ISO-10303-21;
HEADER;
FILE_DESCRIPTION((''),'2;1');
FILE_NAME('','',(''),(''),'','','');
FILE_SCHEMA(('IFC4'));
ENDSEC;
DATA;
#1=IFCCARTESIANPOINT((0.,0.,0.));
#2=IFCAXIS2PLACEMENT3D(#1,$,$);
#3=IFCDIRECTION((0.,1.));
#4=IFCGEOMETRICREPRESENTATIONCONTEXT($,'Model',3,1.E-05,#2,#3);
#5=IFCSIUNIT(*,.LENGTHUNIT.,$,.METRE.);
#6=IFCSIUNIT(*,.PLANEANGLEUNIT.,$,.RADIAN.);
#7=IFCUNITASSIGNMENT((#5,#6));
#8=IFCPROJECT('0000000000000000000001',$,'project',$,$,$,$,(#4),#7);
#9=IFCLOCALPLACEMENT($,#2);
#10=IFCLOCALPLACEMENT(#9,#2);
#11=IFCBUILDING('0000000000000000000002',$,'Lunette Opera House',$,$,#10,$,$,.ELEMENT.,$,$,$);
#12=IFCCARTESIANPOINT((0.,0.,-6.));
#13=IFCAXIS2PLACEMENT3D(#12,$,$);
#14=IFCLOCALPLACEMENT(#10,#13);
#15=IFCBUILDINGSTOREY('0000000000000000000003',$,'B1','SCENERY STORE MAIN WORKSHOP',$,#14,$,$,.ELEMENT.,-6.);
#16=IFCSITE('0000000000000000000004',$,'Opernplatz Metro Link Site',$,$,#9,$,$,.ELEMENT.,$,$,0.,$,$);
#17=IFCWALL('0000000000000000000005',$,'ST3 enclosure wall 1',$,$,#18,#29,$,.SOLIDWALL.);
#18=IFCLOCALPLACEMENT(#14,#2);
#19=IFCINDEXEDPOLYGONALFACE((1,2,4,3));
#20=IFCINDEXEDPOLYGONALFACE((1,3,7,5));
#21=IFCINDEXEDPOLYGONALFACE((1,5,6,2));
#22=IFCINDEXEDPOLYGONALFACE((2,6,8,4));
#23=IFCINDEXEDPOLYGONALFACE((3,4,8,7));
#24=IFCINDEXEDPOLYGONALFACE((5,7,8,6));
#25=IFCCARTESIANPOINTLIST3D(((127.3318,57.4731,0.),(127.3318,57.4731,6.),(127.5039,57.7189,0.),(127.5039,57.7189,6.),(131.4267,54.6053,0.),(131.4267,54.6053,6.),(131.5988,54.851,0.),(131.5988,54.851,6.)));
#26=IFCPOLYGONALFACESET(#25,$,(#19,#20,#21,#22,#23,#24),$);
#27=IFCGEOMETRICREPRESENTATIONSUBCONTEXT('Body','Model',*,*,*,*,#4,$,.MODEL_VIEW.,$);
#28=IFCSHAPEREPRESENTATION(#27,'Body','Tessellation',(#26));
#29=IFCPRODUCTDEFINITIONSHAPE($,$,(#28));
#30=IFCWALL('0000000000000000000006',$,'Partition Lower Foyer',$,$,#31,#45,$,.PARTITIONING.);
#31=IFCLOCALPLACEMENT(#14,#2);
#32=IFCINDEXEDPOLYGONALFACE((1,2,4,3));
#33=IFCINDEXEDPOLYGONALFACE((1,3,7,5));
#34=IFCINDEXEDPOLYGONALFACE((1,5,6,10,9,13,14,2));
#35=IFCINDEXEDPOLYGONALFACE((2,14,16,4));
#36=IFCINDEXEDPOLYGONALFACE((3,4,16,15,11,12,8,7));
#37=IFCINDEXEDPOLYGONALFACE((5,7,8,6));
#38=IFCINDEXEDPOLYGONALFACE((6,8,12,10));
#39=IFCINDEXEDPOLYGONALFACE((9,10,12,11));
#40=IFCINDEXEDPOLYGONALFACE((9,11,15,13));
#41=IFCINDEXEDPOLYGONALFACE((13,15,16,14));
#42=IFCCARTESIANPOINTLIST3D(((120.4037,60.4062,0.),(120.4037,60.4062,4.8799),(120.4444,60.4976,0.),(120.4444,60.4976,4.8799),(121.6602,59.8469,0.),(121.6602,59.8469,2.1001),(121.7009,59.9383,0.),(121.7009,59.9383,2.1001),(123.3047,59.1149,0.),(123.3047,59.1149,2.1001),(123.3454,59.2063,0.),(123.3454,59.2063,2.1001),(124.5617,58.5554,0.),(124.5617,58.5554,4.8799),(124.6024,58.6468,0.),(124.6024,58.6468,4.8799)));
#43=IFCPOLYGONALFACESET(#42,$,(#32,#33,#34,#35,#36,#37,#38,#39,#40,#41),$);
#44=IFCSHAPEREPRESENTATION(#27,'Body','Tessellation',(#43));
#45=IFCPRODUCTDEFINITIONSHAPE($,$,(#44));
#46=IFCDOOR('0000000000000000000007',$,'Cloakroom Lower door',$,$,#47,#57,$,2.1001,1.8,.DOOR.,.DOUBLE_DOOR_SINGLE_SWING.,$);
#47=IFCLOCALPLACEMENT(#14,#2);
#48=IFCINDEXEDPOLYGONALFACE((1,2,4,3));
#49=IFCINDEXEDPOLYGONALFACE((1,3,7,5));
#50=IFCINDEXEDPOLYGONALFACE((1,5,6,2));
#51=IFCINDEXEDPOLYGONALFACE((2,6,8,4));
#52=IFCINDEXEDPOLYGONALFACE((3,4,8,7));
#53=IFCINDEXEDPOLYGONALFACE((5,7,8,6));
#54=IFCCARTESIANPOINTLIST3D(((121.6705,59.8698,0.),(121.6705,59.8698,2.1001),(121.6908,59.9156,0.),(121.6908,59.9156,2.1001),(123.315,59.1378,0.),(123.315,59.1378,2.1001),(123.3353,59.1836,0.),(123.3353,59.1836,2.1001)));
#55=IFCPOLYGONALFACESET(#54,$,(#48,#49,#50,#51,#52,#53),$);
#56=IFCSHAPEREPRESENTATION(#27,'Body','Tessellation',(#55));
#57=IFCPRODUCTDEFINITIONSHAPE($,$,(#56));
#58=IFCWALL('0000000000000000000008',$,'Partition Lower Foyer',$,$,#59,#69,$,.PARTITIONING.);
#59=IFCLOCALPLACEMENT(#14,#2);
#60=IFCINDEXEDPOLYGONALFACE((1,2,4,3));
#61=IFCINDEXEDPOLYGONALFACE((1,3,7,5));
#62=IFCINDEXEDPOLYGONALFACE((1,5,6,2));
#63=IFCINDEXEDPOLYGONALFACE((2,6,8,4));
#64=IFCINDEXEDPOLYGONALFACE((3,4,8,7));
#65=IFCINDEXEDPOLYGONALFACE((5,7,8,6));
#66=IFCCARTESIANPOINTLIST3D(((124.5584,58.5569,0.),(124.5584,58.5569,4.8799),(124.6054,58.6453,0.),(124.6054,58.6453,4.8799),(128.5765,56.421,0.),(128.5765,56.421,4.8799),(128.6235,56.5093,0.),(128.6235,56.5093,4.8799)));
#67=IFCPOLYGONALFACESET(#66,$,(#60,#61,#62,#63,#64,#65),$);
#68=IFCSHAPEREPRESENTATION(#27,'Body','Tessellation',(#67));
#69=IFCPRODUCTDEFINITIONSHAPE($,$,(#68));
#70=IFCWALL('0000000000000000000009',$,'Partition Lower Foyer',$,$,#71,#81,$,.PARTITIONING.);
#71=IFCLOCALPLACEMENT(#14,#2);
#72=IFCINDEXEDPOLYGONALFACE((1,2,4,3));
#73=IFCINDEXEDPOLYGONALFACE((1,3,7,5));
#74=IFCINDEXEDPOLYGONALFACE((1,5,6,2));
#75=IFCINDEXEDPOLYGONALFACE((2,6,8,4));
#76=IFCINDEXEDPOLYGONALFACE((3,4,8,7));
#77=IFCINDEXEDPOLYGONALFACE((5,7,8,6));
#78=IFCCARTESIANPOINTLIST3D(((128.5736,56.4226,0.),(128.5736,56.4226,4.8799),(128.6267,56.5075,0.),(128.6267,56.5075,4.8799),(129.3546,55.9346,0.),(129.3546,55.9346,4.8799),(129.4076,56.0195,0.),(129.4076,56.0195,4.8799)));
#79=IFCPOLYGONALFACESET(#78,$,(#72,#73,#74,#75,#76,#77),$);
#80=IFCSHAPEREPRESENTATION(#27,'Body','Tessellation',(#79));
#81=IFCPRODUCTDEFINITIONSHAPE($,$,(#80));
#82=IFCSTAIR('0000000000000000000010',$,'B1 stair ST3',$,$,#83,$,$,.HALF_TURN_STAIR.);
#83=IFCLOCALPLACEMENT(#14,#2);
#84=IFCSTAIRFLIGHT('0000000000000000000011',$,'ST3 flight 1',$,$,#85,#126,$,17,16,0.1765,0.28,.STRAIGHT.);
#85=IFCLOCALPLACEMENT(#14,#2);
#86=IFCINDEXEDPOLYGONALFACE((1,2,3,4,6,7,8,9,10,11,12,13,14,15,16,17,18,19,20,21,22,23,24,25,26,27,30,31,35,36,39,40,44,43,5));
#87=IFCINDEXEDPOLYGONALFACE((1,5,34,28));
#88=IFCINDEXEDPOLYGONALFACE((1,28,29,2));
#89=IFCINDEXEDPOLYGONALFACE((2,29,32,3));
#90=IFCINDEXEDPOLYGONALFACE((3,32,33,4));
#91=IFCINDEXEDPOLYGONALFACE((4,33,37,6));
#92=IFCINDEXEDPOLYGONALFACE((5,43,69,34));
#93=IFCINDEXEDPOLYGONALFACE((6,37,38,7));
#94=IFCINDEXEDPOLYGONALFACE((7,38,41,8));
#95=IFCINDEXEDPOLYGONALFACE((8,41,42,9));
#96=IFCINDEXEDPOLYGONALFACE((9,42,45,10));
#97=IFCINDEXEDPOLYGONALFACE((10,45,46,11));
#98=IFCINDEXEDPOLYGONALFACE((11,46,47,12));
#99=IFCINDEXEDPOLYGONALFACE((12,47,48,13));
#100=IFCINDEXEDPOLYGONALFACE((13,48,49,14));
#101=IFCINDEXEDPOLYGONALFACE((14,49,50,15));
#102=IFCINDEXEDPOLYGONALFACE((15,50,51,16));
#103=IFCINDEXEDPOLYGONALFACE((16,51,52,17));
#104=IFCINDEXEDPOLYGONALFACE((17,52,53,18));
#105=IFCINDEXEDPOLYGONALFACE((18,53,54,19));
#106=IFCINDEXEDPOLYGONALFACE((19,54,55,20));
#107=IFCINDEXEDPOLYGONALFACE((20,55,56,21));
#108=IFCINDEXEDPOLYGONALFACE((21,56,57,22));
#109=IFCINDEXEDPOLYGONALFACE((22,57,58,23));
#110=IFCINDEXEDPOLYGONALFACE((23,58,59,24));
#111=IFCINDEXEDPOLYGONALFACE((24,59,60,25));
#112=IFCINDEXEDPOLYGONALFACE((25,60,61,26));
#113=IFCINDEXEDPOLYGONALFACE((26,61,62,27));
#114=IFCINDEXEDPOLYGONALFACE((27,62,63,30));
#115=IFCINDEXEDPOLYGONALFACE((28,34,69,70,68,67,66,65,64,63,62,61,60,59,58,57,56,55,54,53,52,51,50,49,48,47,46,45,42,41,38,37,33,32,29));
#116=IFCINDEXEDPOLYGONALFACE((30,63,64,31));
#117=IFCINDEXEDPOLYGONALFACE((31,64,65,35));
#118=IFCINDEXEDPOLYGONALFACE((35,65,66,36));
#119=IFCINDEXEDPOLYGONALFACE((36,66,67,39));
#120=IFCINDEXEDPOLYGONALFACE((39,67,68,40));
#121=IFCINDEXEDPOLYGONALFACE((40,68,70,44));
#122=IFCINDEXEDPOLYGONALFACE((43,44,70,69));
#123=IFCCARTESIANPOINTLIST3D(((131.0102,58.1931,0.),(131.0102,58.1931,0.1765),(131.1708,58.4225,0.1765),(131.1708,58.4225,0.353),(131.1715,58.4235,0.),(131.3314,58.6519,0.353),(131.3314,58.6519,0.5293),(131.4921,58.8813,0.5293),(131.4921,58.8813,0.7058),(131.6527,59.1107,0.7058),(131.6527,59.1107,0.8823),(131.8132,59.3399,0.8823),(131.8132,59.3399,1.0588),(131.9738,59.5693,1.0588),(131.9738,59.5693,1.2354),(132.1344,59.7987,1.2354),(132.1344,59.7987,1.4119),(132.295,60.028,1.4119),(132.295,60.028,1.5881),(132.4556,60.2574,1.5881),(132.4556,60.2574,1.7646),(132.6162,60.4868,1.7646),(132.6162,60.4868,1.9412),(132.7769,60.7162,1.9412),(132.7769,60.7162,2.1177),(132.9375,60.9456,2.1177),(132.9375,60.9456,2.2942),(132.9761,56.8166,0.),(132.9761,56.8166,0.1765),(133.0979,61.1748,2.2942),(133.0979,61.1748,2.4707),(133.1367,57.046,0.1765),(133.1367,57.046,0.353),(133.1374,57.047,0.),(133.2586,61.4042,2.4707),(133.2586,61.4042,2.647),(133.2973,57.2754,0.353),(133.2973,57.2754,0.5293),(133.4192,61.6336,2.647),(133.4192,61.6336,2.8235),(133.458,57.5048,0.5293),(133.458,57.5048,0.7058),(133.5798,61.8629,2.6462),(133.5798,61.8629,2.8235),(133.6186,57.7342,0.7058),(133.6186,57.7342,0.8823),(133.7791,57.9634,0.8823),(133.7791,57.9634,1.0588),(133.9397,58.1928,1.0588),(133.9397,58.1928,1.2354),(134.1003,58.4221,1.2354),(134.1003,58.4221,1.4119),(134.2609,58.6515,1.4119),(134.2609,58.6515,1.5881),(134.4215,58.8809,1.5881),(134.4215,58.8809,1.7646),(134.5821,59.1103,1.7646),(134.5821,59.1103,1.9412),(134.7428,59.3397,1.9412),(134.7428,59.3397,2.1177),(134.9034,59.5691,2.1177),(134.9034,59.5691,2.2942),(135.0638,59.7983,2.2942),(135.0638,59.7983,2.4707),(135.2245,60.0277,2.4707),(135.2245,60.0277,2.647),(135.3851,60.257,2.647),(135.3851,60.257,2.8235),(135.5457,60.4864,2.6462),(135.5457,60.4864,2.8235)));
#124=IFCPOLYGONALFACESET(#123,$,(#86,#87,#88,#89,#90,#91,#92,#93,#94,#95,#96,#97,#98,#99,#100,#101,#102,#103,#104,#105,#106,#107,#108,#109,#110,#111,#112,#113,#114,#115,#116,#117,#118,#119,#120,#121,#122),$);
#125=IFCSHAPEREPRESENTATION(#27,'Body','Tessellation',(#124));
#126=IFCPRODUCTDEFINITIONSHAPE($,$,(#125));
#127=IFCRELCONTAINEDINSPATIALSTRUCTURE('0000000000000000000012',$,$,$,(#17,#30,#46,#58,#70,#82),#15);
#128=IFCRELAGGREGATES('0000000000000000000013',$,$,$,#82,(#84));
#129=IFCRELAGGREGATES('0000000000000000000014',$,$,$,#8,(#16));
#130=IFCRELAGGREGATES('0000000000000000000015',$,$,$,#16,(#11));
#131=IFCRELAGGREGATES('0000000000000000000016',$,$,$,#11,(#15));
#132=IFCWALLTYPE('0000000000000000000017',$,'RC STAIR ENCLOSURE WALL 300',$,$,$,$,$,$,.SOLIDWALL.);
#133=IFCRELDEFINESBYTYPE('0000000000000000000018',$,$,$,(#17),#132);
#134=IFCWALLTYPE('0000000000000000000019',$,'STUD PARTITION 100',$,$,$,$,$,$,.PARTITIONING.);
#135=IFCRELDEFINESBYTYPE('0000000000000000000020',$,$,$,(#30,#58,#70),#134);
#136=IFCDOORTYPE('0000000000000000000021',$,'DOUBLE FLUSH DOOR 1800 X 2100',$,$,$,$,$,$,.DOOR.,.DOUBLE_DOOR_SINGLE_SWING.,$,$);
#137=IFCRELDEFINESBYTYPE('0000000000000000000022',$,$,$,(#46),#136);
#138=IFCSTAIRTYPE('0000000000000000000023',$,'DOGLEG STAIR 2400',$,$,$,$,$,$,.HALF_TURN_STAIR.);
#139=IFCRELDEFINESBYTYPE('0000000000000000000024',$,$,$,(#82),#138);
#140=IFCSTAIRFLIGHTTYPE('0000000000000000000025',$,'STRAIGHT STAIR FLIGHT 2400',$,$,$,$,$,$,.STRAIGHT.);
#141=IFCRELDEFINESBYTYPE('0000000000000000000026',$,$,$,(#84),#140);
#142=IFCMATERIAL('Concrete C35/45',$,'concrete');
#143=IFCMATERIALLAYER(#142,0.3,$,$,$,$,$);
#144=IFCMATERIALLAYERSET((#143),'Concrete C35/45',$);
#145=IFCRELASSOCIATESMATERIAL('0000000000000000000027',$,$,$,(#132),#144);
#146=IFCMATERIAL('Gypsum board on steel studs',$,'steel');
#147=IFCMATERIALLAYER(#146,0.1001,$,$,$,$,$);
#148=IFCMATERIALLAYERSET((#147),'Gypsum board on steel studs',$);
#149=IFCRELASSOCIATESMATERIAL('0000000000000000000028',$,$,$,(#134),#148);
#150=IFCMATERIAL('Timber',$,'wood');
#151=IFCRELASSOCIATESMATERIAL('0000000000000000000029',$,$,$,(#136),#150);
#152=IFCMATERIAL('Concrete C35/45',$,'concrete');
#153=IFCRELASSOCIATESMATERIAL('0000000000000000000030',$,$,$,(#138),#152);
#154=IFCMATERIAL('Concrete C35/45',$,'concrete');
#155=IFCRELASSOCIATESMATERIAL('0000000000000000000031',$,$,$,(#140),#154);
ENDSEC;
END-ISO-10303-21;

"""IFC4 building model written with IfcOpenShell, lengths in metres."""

from ifc_helpers import new_model, si_unit, direction, frame, frame_2d, origin, place, context, subcontext, project, spatial, polyline, rectangle, outline, extrude, material, layer, layer_set, type_object, element, fill, aggregate, save


model = new_model("IFC4")

# Units and contexts
model_context = context("Model", 3, precision=1e-05, world=origin(), true_north=direction((0.0, 1.0)))
body_context = subcontext(model_context, "Body", "Model", "MODEL_VIEW")
ifc_project = project(units=[si_unit("LENGTHUNIT", "METRE"), si_unit("PLANEANGLEUNIT", "RADIAN")], contexts=[model_context])

# Site, building, storey
site_placement = place(None, origin())
site = spatial("IfcSite", under=ifc_project, at=site_placement, Name="Opernplatz Metro Link Site", CompositionType="ELEMENT", RefElevation=0.0)
building_placement = place(site_placement, origin())
building = spatial("IfcBuilding", under=site, at=building_placement, Name="Lunette Opera House", CompositionType="ELEMENT")
storey_placement = place(building_placement, frame((0.0, 0.0, -6.0)))
storey = spatial("IfcBuildingStorey", under=building, at=storey_placement, Name="B1", Description="SCENERY STORE MAIN WORKSHOP", CompositionType="ELEMENT", Elevation=-6.0)

# Wall
ifc_material_1 = material(Name="Concrete C35/45", Category="concrete")
ifc_layer_1 = layer(ifc_material_1, 0.3)
ifc_layer_set_1 = layer_set([ifc_layer_1], Name="Concrete C35/45")
wall_type_1 = type_object("IfcWallType", Name="RC STAIR ENCLOSURE WALL 300", PredefinedType="SOLIDWALL", material=ifc_layer_set_1)
wall_1_placement = place(storey_placement, frame((127.418, 57.5959, 0.0), z_axis=(0.0, 0.0, 1.0), x_axis=(0.819097, -0.573656, 0.0)))
element("IfcWall", 1, at=wall_1_placement, inside=storey, type_object=wall_type_1, Name="ST3 enclosure wall 1", PredefinedType="SOLIDWALL", context=body_context, shape_type="SweptSolid", body=[
    extrude(rectangle(XDim=4.9993, YDim=0.3, at=frame_2d((2.4995, 0.0))), origin(), (0.0, 0.0, 1.0), 6.0),
])

# Wall, opening, door
ifc_material_2 = material(Name="Gypsum board on steel studs", Category="steel")
ifc_layer_2 = layer(ifc_material_2, 0.1001)
ifc_layer_set_2 = layer_set([ifc_layer_2], Name="Gypsum board on steel studs")
wall_type_2 = type_object("IfcWallType", Name="STUD PARTITION 100", PredefinedType="PARTITIONING", material=ifc_layer_set_2)
wall_2_placement = place(storey_placement, frame((124.582, 58.6011, 0.0), z_axis=(0.0, 0.0, 1.0), x_axis=(-0.913579, 0.406661, 0.0)))
wall_2 = element("IfcWall", 2, at=wall_2_placement, inside=storey, type_object=wall_type_2, Name="Partition Lower Foyer", PredefinedType="PARTITIONING", context=body_context, shape_type="SweptSolid", body=[
    extrude(rectangle(XDim=4.5513, YDim=0.1001, at=frame_2d((2.2756, 0.0))), origin(), (0.0, 0.0, 1.0), 4.8799),
])
opening_1_placement = place(wall_2_placement, frame((1.376, 0.0, 0.0)))
opening_1 = element("IfcOpeningElement", 3, at=opening_1_placement, cuts=wall_2, PredefinedType="OPENING", context=body_context, shape_type="SweptSolid", body=[
    extrude(rectangle(XDim=1.8, YDim=2.1001, at=frame_2d((0.8999, 1.05))), frame((0.0, 0.062, 0.0), z_axis=(0.0, -1.0, 0.0), x_axis=(1.0, 0.0, 0.0)), (0.0, 0.0, 1.0), 0.124),
])
ifc_material_3 = material(Name="Timber", Category="wood")
door_type_1 = type_object("IfcDoorType", Name="DOUBLE FLUSH DOOR 1800 X 2100", OperationType="DOUBLE_DOOR_SINGLE_SWING", PredefinedType="DOOR", material=ifc_material_3)
door_1_placement = place(opening_1_placement, origin())
door_1 = element("IfcDoor", 4, at=door_1_placement, inside=storey, type_object=door_type_1, Name="Cloakroom Lower door", OperationType="DOUBLE_DOOR_SINGLE_SWING", OverallHeight=2.1001, OverallWidth=1.8, PredefinedType="DOOR", context=body_context, shape_type="SweptSolid", body=[
    extrude(rectangle(XDim=1.8, YDim=2.1001, at=frame_2d((0.8999, 1.05))), frame((0.0, 0.0249, 0.0), z_axis=(0.0, -1.0, 0.0), x_axis=(1.0, 0.0, 0.0)), (0.0, 0.0, 1.0), 0.05),
])
fill(opening_1, door_1)

# Walls
wall_3_placement = place(storey_placement, frame((128.6001, 56.4651, 0.0), z_axis=(0.0, 0.0, 1.0), x_axis=(-0.882989, 0.469393, 0.0)))
element("IfcWall", 5, at=wall_3_placement, inside=storey, type_object=wall_type_2, Name="Partition Lower Foyer", PredefinedType="PARTITIONING", context=body_context, shape_type="SweptSolid", body=[
    extrude(rectangle(XDim=4.5505, YDim=0.1001, at=frame_2d((2.2754, 0.0))), origin(), (0.0, 0.0, 1.0), 4.8799),
])
wall_4_placement = place(storey_placement, frame((129.3811, 55.9771, 0.0), z_axis=(0.0, 0.0, 1.0), x_axis=(-0.848043, 0.529927, 0.0)))
element("IfcWall", 6, at=wall_4_placement, inside=storey, type_object=wall_type_2, Name="Partition Lower Foyer", PredefinedType="PARTITIONING", context=body_context, shape_type="SweptSolid", body=[
    extrude(rectangle(XDim=0.9209, YDim=0.1001, at=frame_2d((0.4604, 0.0))), origin(), (0.0, 0.0, 1.0), 4.8799),
])

# Stair, stair flight
ifc_material_4 = material(Name="Concrete C35/45", Category="concrete")
stair_type = type_object("IfcStairType", Name="DOGLEG STAIR 2400", PredefinedType="HALF_TURN_STAIR", material=ifc_material_4)
stair_placement = place(storey_placement, origin())
stair = element("IfcStair", 7, at=stair_placement, inside=storey, type_object=stair_type, Name="B1 stair ST3", PredefinedType="HALF_TURN_STAIR")
ifc_material_5 = material(Name="Concrete C35/45", Category="concrete")
stair_flight_type = type_object("IfcStairFlightType", Name="STRAIGHT STAIR FLIGHT 2400", PredefinedType="STRAIGHT", material=ifc_material_5)
stair_flight_placement = place(storey_placement, frame((131.9932, 57.5049, 0.0), z_axis=(0.0, 0.0, 1.0), x_axis=(0.57357, 0.819157, 0.0)))
stair_flight = element("IfcStairFlight", 8, at=stair_flight_placement, type_object=stair_flight_type, Name="ST3 flight 1", NumberOfRisers=17, NumberOfTreads=16, PredefinedType="STRAIGHT", RiserHeight=0.1765, TreadLength=0.28, context=body_context, shape_type="SweptSolid", body=[
    extrude(outline(polyline([(0.0, 0.0), (0.0, 0.1765), (0.28, 0.1765), (0.28, 0.353), (0.5601, 0.353), (0.5601, 0.5293), (0.8401, 0.5293), (0.8401, 0.7058), (1.1201, 0.7058), (1.1201, 0.8823), (1.3999, 0.8823), (1.3999, 1.0588), (1.6799, 1.0588), (1.6799, 1.2354), (1.96, 1.2354), (1.96, 1.4119), (2.24, 1.4119), (2.24, 1.5881), (2.52, 1.5881), (2.52, 1.7646), (2.8, 1.7646), (2.8, 1.9412), (3.0801, 1.9412), (3.0801, 2.1177), (3.3601, 2.1177), (3.3601, 2.2942), (3.6399, 2.2942), (3.6399, 2.4707), (3.9199, 2.4707), (3.9199, 2.647), (4.2, 2.647), (4.2, 2.8235), (4.48, 2.8235), (4.48, 3.0), (4.48, 2.6462), (0.2812, 0.0), (0.0, 0.0)])), frame((0.0, 1.2, 0.0), z_axis=(0.0, -1.0, 0.0), x_axis=(1.0, 0.0, 0.0)), (0.0, 0.0, 1.0), 2.3999),
])
aggregate(stair, [stair_flight])

save(model, "model.ifc")
